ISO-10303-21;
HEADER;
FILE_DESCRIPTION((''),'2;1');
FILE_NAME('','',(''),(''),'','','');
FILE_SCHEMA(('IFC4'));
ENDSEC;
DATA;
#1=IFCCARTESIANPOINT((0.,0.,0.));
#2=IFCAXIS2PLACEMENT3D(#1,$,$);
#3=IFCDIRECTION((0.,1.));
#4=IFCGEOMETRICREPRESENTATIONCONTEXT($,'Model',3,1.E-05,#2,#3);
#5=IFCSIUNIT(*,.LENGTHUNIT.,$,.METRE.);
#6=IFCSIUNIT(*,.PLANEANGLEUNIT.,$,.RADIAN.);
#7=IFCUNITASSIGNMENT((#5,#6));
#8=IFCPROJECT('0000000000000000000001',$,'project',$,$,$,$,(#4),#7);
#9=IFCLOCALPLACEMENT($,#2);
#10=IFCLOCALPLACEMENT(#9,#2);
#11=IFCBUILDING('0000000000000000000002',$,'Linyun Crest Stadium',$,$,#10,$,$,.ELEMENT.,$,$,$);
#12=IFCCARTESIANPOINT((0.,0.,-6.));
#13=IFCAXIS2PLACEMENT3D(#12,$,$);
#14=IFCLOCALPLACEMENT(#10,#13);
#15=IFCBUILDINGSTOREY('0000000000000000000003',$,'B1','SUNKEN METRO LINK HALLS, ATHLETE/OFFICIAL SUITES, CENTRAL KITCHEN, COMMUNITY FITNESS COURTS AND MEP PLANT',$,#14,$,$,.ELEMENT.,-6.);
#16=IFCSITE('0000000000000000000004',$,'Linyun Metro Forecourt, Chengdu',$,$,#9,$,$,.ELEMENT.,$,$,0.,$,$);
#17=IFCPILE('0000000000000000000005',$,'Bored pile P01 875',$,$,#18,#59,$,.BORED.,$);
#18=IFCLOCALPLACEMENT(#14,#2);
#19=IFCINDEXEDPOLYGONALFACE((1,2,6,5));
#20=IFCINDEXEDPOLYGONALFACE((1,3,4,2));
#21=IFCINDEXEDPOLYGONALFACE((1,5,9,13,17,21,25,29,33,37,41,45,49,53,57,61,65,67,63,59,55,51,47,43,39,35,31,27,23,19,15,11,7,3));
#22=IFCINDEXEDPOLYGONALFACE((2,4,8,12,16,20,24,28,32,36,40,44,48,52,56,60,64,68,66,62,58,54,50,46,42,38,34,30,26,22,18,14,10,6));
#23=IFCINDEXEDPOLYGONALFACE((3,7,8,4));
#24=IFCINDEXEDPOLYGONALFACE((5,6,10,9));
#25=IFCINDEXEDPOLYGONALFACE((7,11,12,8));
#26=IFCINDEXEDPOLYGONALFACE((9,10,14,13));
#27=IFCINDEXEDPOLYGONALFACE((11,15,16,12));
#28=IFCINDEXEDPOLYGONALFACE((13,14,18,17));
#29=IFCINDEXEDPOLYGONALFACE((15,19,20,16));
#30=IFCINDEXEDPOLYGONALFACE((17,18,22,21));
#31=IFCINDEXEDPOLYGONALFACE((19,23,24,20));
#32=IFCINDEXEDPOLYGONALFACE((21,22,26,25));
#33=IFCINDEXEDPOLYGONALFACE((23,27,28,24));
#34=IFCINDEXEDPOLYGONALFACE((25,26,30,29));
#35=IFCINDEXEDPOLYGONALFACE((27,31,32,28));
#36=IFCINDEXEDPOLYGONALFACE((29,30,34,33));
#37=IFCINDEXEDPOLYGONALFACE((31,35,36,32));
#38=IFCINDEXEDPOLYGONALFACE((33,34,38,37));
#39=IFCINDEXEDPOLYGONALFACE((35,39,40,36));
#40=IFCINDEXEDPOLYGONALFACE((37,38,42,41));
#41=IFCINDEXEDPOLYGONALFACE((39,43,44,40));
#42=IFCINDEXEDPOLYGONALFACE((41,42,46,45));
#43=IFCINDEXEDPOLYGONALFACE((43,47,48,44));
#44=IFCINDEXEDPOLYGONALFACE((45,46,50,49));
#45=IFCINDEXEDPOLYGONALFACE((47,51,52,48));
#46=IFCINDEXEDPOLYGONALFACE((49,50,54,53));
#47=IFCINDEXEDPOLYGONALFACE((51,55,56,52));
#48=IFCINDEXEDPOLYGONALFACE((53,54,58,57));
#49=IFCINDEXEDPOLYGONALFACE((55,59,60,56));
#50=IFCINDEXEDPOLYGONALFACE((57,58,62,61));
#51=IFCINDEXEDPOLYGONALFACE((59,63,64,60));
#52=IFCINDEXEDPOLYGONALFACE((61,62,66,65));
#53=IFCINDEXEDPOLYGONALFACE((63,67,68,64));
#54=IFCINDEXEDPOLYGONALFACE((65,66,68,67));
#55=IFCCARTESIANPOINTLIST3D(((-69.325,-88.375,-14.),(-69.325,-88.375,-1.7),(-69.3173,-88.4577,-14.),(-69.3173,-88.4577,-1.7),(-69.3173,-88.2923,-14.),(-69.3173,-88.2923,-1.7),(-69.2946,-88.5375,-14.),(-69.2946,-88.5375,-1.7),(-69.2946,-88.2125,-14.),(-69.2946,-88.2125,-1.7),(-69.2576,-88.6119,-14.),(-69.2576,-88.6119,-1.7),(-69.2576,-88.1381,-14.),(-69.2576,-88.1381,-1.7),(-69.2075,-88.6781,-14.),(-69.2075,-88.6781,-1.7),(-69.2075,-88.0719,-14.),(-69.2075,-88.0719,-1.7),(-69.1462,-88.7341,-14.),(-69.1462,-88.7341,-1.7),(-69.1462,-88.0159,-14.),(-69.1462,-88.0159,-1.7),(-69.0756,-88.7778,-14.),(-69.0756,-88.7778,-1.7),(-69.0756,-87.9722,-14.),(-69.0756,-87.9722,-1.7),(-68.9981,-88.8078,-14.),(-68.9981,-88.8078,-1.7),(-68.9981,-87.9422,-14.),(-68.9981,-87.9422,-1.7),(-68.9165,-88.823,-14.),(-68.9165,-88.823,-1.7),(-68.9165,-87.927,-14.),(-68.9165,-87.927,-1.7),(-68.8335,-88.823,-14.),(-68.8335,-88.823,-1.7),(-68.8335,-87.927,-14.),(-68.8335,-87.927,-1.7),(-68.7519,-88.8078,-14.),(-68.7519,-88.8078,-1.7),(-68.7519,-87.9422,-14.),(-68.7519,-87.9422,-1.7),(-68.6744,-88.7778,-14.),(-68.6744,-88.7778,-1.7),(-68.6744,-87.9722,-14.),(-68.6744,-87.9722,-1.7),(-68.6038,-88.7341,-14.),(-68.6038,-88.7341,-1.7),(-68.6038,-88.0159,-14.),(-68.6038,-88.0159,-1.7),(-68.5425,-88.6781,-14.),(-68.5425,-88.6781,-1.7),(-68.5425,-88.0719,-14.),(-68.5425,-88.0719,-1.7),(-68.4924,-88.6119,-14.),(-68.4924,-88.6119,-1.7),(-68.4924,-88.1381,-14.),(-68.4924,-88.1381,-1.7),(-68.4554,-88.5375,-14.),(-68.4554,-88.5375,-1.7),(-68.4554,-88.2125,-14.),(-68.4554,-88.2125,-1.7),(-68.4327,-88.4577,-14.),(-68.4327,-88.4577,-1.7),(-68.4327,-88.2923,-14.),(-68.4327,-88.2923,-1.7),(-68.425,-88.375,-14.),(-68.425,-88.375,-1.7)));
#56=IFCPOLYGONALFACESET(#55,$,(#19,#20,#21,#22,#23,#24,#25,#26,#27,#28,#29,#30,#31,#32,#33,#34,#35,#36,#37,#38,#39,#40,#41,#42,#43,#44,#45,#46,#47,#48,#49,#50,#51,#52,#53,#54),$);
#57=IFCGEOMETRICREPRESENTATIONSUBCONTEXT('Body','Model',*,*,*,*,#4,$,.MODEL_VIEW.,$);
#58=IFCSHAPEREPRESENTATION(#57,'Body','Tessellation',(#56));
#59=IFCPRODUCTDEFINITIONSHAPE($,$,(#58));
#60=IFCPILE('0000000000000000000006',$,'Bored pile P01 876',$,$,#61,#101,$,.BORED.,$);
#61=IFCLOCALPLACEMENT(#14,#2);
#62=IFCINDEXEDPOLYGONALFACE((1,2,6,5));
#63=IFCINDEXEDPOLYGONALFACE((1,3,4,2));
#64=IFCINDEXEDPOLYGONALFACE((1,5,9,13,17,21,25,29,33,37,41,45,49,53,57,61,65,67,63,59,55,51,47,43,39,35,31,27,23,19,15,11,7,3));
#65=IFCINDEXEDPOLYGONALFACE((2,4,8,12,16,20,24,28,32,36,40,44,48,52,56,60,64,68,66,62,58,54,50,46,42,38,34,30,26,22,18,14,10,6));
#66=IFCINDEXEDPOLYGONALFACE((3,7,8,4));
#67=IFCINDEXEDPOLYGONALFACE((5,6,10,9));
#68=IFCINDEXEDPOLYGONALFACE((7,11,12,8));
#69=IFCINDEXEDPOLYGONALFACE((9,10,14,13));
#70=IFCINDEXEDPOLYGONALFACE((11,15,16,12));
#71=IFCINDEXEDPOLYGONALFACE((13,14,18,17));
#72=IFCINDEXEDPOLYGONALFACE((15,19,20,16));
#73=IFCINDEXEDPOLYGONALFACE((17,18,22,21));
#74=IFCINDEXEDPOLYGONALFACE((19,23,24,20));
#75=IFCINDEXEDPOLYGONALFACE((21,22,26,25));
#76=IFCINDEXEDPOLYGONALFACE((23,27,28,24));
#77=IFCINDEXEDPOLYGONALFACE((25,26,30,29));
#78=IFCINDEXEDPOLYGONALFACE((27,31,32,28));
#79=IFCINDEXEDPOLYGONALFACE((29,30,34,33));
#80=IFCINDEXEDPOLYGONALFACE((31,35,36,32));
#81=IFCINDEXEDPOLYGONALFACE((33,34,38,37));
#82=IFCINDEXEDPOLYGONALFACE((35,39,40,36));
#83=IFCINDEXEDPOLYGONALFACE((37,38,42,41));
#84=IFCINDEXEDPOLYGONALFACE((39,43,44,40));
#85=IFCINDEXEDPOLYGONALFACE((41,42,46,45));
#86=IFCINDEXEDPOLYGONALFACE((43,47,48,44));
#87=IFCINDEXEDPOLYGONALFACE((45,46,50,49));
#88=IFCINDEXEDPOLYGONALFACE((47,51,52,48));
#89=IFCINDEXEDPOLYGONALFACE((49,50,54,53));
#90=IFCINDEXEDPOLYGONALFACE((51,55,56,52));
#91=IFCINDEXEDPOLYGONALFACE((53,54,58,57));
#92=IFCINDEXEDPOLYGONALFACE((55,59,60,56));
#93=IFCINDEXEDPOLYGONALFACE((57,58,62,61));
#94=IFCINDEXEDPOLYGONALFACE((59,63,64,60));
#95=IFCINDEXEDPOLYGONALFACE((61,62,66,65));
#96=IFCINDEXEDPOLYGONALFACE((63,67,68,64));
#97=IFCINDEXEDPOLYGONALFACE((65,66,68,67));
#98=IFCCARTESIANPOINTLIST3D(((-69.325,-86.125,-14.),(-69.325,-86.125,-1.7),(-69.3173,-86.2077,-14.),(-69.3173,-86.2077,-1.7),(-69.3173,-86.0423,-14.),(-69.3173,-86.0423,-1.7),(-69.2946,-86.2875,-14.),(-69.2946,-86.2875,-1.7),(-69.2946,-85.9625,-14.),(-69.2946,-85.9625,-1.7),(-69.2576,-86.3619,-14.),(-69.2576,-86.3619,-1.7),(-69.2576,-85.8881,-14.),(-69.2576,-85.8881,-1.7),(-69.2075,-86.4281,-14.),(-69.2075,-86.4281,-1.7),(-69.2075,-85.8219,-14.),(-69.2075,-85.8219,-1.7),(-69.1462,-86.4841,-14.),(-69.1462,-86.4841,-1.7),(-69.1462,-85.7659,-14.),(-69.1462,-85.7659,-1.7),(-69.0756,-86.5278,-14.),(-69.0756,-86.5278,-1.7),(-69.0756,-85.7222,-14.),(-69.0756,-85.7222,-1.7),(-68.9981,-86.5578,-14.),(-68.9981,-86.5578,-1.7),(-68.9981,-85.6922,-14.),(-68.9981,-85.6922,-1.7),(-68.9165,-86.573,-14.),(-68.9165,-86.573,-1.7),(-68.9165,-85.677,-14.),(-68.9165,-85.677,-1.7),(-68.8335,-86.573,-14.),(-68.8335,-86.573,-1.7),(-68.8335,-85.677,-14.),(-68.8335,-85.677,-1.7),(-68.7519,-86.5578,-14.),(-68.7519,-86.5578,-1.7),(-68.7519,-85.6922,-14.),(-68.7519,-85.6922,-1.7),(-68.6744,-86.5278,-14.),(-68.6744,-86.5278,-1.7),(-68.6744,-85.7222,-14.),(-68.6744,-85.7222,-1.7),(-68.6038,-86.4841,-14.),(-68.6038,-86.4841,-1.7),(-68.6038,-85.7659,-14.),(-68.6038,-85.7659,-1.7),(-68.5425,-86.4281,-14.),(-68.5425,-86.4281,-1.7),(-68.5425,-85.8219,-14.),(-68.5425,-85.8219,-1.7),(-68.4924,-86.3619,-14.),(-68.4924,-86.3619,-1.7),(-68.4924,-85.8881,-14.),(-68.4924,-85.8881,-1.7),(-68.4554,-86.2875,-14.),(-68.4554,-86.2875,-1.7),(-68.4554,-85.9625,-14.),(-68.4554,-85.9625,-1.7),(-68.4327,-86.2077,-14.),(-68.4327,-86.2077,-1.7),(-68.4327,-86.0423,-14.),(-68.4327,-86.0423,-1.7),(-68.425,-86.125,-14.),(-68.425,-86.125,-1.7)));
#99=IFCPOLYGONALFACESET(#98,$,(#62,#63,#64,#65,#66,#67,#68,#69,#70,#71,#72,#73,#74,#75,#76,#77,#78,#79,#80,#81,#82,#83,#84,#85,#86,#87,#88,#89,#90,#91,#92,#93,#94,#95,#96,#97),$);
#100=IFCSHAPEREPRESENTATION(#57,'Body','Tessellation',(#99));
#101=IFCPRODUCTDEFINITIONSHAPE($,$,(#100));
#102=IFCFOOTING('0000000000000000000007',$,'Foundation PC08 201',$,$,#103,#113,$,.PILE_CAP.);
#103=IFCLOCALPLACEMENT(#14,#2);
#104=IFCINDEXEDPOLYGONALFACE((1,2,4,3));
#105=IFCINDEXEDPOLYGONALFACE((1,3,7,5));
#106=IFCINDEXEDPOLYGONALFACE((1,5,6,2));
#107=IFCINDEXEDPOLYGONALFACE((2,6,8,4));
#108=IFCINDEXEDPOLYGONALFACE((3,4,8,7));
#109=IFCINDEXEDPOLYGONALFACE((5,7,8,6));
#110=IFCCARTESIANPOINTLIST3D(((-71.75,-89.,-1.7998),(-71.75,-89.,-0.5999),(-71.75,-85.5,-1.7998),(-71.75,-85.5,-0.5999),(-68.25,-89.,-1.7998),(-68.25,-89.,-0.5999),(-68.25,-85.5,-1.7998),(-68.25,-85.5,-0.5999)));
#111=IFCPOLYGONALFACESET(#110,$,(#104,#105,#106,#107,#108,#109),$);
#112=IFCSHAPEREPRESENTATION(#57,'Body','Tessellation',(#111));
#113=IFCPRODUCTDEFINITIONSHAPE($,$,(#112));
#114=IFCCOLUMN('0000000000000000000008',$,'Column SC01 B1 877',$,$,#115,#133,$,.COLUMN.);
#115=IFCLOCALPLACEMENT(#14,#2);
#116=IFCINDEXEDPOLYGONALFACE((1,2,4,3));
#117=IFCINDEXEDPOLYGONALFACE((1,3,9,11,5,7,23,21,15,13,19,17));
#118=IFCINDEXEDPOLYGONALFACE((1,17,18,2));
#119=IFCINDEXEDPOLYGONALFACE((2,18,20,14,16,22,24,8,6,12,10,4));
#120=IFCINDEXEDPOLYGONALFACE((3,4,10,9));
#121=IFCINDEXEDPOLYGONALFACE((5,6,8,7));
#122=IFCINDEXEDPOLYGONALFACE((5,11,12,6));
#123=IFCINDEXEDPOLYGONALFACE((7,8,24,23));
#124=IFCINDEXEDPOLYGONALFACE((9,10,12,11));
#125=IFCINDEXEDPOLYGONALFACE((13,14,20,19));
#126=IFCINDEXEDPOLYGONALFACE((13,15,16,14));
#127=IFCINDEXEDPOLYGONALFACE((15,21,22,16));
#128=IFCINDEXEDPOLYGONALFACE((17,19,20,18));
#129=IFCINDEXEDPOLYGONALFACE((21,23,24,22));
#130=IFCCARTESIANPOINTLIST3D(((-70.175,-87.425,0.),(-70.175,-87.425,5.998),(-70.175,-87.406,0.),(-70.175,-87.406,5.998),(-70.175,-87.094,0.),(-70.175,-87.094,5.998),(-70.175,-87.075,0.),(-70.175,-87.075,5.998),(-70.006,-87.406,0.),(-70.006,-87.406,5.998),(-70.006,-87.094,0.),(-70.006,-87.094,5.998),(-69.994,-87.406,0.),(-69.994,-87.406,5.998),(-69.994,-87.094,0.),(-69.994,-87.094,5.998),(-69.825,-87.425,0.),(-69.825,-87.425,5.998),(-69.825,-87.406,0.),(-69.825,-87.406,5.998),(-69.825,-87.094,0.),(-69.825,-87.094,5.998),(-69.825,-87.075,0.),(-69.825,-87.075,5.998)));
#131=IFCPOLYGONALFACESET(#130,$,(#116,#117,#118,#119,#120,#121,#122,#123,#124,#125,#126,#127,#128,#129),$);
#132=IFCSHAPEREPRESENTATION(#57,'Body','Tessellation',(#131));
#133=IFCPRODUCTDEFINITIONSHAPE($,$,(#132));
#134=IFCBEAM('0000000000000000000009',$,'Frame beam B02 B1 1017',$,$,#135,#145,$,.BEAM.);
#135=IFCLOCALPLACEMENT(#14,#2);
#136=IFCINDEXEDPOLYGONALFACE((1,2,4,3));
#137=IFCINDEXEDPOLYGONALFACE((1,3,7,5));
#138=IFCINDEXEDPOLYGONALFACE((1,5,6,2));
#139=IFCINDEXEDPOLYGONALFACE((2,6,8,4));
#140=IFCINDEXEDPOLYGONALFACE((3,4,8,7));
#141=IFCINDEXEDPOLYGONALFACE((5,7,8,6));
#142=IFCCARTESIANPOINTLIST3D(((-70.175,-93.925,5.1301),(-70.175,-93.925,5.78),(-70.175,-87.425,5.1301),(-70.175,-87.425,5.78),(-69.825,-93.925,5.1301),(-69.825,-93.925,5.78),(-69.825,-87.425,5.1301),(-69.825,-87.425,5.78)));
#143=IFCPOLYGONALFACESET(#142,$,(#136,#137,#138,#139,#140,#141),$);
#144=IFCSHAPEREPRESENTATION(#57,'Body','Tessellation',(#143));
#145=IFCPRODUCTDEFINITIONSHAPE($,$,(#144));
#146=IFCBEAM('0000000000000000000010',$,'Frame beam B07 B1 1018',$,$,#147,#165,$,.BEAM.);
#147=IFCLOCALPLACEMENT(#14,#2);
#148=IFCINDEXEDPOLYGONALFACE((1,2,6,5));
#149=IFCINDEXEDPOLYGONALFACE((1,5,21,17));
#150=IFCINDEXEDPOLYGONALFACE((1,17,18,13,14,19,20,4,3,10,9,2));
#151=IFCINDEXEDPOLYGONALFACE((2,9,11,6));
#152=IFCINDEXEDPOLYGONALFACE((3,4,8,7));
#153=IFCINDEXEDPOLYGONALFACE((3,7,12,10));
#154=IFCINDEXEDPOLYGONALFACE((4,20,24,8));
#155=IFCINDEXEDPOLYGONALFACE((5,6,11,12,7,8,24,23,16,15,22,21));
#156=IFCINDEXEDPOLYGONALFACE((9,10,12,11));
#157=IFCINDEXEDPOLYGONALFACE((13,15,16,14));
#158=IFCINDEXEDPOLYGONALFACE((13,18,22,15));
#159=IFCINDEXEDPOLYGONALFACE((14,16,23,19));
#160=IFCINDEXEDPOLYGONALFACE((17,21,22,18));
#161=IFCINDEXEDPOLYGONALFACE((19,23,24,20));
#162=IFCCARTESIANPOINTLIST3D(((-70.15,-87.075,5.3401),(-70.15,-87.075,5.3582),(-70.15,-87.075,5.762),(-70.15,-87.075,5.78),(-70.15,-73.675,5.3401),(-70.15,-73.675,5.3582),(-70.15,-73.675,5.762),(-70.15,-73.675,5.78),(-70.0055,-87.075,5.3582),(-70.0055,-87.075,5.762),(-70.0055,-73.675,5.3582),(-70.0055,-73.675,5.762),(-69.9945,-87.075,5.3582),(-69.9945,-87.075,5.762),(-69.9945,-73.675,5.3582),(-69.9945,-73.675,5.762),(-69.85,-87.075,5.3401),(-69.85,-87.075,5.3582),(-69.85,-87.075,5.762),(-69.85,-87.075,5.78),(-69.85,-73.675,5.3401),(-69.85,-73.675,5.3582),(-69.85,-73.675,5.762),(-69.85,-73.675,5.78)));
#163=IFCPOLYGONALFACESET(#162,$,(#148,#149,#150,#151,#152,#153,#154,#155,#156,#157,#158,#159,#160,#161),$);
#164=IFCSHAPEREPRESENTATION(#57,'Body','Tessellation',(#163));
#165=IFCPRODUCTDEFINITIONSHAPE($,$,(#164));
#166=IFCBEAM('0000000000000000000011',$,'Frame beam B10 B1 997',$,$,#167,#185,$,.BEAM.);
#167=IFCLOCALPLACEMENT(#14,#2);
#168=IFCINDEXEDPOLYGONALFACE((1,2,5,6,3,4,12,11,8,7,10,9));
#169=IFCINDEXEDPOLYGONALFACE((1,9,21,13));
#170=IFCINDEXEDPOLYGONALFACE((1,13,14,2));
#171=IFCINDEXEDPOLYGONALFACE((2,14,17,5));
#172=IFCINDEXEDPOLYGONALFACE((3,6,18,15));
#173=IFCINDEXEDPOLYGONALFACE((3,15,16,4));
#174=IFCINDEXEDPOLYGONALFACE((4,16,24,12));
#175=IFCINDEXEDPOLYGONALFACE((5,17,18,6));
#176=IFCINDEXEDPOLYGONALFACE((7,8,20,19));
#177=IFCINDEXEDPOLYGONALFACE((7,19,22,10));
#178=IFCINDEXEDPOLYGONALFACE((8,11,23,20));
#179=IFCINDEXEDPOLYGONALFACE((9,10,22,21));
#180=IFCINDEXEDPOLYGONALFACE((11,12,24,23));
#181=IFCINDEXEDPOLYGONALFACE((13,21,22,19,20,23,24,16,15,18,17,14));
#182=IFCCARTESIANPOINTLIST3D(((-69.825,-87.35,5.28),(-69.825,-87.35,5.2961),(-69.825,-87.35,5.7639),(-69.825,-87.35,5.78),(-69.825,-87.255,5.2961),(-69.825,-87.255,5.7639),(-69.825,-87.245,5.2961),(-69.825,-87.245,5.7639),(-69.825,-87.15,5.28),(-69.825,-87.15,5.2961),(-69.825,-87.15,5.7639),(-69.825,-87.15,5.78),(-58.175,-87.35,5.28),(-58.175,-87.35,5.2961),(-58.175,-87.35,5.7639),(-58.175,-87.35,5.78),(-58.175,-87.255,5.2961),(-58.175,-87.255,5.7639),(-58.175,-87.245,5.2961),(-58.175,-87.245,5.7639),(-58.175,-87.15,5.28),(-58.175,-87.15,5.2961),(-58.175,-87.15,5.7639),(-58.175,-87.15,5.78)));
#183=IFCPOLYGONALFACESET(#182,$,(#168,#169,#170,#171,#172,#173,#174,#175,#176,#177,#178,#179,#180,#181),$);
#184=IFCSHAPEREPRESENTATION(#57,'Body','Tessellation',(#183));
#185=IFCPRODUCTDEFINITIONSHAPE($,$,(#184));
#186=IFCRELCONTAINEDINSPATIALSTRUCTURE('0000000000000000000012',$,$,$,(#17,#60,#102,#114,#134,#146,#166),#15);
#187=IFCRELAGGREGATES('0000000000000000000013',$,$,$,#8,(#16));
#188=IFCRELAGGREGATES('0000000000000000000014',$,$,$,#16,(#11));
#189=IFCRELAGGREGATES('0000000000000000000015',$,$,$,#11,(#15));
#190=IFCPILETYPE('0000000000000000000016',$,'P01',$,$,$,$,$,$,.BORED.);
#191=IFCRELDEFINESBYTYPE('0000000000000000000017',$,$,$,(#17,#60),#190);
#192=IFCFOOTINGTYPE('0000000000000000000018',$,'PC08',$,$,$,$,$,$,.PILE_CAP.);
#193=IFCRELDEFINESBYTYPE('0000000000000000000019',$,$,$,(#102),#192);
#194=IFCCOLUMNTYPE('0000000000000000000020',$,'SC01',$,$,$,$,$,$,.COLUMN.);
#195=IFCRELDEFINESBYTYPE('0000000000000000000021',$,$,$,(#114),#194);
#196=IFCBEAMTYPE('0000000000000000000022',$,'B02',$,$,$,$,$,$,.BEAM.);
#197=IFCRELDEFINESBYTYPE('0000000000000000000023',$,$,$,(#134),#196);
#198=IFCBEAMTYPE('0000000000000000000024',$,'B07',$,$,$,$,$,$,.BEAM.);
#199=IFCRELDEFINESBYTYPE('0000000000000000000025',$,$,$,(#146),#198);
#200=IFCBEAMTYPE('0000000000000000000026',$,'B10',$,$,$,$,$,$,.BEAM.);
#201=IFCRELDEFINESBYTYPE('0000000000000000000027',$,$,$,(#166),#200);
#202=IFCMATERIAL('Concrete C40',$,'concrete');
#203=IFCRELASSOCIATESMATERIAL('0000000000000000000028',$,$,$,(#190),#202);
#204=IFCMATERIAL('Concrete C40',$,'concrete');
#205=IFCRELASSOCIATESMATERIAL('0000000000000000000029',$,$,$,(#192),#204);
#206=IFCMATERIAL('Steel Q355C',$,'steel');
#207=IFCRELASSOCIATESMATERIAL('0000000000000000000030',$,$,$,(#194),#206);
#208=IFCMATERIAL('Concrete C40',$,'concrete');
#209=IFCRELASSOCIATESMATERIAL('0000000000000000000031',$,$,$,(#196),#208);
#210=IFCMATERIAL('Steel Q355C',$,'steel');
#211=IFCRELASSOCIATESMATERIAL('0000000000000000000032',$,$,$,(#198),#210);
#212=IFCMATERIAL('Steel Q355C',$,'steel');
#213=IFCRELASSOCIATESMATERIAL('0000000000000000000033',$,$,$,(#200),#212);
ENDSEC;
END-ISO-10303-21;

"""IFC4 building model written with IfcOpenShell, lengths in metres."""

from ifc_helpers import new_model, si_unit, direction, frame, origin, origin_2d, place, context, subcontext, project, spatial, rectangle, circle, i_section, extrude, material, material_profile, profile_set, type_object, element, save


model = new_model("IFC4")

# Units and contexts
model_context = context("Model", 3, precision=1e-05, world=origin(), true_north=direction((0.0, 1.0)))
body_context = subcontext(model_context, "Body", "Model", "MODEL_VIEW")
ifc_project = project(units=[si_unit("LENGTHUNIT", "METRE"), si_unit("PLANEANGLEUNIT", "RADIAN")], contexts=[model_context])

# Site, building, storey
site_placement = place(None, origin())
site = spatial("IfcSite", under=ifc_project, at=site_placement, Name="Linyun Metro Forecourt, Chengdu", CompositionType="ELEMENT", RefElevation=0.0)
building_placement = place(site_placement, origin())
building = spatial("IfcBuilding", under=site, at=building_placement, Name="Linyun Crest Stadium", CompositionType="ELEMENT")
storey_placement = place(building_placement, frame((0.0, 0.0, -6.0)))
storey = spatial("IfcBuildingStorey", under=building, at=storey_placement, Name="B1", Description="SUNKEN METRO LINK HALLS, ATHLETE/OFFICIAL SUITES, CENTRAL KITCHEN, COMMUNITY FITNESS COURTS AND MEP PLANT", CompositionType="ELEMENT", Elevation=-6.0)

# Piles
ifc_material_1 = material(Name="Concrete C40", Category="concrete")
ifc_material_profile_1 = material_profile(ifc_material_1, circle(Radius=0.45, at=origin_2d()), Name="BORED PILE 900")
ifc_profile_set_1 = profile_set([ifc_material_profile_1], Name="Concrete C40")
pile_type = type_object("IfcPileType", Name="P01", PredefinedType="BORED", material=ifc_profile_set_1)
for number, where, z_axis, x_axis, name in (
    (1, (-68.875, -88.375, -1.7), (0.0, 0.0, -1.0), (1.0, 0.0, 0.0), "Bored pile P01 875"),
    (2, (-68.875, -86.125, -1.7), (0.0, 0.0, -1.0), (1.0, 0.0, 0.0), "Bored pile P01 876"),
):
    element("IfcPile", number, at=place(storey_placement, frame(where, z_axis=z_axis, x_axis=x_axis)), inside=storey, type_object=pile_type, Name=name, PredefinedType="BORED", context=body_context, shape_type="SweptSolid", body=[
        extrude(circle(Radius=0.45, at=origin_2d()), origin(), (0.0, 0.0, 1.0), 12.3),
    ])

# Footing
ifc_material_2 = material(Name="Concrete C40", Category="concrete")
footing_type = type_object("IfcFootingType", Name="PC08", PredefinedType="PILE_CAP", material=ifc_material_2)
footing_placement = place(storey_placement, frame((-70.0, -87.25, -1.7998), z_axis=(0.0, 0.0, 1.0), x_axis=(1.0, 0.0, 0.0)))
element("IfcFooting", 3, at=footing_placement, inside=storey, type_object=footing_type, Name="Foundation PC08 201", PredefinedType="PILE_CAP", context=body_context, shape_type="SweptSolid", body=[
    extrude(rectangle(XDim=3.5, YDim=3.5, at=origin_2d()), origin(), (0.0, 0.0, 1.0), 1.2),
])

# Column
ifc_material_3 = material(Name="Steel Q355C", Category="steel")
ifc_material_profile_2 = material_profile(ifc_material_3, i_section(OverallWidth=0.3501, OverallDepth=0.3501, WebThickness=0.012, FlangeThickness=0.019, at=origin_2d()), Name="HW 350x350")
ifc_profile_set_2 = profile_set([ifc_material_profile_2], Name="Steel Q355C")
column_type = type_object("IfcColumnType", Name="SC01", PredefinedType="COLUMN", material=ifc_profile_set_2)
column_placement = place(storey_placement, frame((-70.0, -87.25, 0.0), z_axis=(0.0, 0.0, 1.0), x_axis=(1.0, 0.0, 0.0)))
element("IfcColumn", 4, at=column_placement, inside=storey, type_object=column_type, Name="Column SC01 B1 877", PredefinedType="COLUMN", context=body_context, shape_type="SweptSolid", body=[
    extrude(i_section(OverallWidth=0.3501, OverallDepth=0.3501, WebThickness=0.012, FlangeThickness=0.019, at=origin_2d()), origin(), (0.0, 0.0, 1.0), 5.998),
])

# Beams
ifc_material_4 = material(Name="Concrete C40", Category="concrete")
ifc_material_profile_3 = material_profile(ifc_material_4, rectangle(XDim=0.3501, YDim=0.6499, at=origin_2d()), Name="RCB 650x350")
ifc_profile_set_3 = profile_set([ifc_material_profile_3], Name="Concrete C40")
beam_type_1 = type_object("IfcBeamType", Name="B02", PredefinedType="BEAM", material=ifc_profile_set_3)
beam_1_placement = place(storey_placement, frame((-70.0, -93.925, 5.4551), z_axis=(0.0, 1.0, 0.0), x_axis=(-1.0, 0.0, 0.0)))
element("IfcBeam", 5, at=beam_1_placement, inside=storey, type_object=beam_type_1, Name="Frame beam B02 B1 1017", PredefinedType="BEAM", context=body_context, shape_type="SweptSolid", body=[
    extrude(rectangle(XDim=0.3501, YDim=0.6499, at=origin_2d()), origin(), (0.0, 0.0, 1.0), 6.5),
])
ifc_material_5 = material(Name="Steel Q355C", Category="steel")
ifc_material_profile_4 = material_profile(ifc_material_5, i_section(OverallWidth=0.3, OverallDepth=0.4399, WebThickness=0.011, FlangeThickness=0.0181, at=origin_2d()), Name="HM 440x300")
ifc_profile_set_4 = profile_set([ifc_material_profile_4], Name="Steel Q355C")
beam_type_2 = type_object("IfcBeamType", Name="B07", PredefinedType="BEAM", material=ifc_profile_set_4)
beam_2_placement = place(storey_placement, frame((-70.0, -87.075, 5.5601), z_axis=(0.0, 1.0, 0.0), x_axis=(-1.0, 0.0, 0.0)))
element("IfcBeam", 6, at=beam_2_placement, inside=storey, type_object=beam_type_2, Name="Frame beam B07 B1 1018", PredefinedType="BEAM", context=body_context, shape_type="SweptSolid", body=[
    extrude(i_section(OverallWidth=0.3, OverallDepth=0.4399, WebThickness=0.011, FlangeThickness=0.0181, at=origin_2d()), origin(), (0.0, 0.0, 1.0), 13.3999),
])
ifc_material_6 = material(Name="Steel Q355C", Category="steel")
ifc_material_profile_5 = material_profile(ifc_material_6, i_section(OverallWidth=0.2, OverallDepth=0.5, WebThickness=0.01, FlangeThickness=0.0161, at=origin_2d()), Name="HN 500x200")
ifc_profile_set_5 = profile_set([ifc_material_profile_5], Name="Steel Q355C")
beam_type_3 = type_object("IfcBeamType", Name="B10", PredefinedType="BEAM", material=ifc_profile_set_5)
beam_3_placement = place(storey_placement, frame((-69.825, -87.25, 5.53), z_axis=(1.0, 0.0, 0.0), x_axis=(0.0, 1.0, 0.0)))
element("IfcBeam", 7, at=beam_3_placement, inside=storey, type_object=beam_type_3, Name="Frame beam B10 B1 997", PredefinedType="BEAM", context=body_context, shape_type="SweptSolid", body=[
    extrude(i_section(OverallWidth=0.2, OverallDepth=0.5, WebThickness=0.01, FlangeThickness=0.0161, at=origin_2d()), origin(), (0.0, 0.0, 1.0), 11.6499),
])

save(model, "model.ifc")
